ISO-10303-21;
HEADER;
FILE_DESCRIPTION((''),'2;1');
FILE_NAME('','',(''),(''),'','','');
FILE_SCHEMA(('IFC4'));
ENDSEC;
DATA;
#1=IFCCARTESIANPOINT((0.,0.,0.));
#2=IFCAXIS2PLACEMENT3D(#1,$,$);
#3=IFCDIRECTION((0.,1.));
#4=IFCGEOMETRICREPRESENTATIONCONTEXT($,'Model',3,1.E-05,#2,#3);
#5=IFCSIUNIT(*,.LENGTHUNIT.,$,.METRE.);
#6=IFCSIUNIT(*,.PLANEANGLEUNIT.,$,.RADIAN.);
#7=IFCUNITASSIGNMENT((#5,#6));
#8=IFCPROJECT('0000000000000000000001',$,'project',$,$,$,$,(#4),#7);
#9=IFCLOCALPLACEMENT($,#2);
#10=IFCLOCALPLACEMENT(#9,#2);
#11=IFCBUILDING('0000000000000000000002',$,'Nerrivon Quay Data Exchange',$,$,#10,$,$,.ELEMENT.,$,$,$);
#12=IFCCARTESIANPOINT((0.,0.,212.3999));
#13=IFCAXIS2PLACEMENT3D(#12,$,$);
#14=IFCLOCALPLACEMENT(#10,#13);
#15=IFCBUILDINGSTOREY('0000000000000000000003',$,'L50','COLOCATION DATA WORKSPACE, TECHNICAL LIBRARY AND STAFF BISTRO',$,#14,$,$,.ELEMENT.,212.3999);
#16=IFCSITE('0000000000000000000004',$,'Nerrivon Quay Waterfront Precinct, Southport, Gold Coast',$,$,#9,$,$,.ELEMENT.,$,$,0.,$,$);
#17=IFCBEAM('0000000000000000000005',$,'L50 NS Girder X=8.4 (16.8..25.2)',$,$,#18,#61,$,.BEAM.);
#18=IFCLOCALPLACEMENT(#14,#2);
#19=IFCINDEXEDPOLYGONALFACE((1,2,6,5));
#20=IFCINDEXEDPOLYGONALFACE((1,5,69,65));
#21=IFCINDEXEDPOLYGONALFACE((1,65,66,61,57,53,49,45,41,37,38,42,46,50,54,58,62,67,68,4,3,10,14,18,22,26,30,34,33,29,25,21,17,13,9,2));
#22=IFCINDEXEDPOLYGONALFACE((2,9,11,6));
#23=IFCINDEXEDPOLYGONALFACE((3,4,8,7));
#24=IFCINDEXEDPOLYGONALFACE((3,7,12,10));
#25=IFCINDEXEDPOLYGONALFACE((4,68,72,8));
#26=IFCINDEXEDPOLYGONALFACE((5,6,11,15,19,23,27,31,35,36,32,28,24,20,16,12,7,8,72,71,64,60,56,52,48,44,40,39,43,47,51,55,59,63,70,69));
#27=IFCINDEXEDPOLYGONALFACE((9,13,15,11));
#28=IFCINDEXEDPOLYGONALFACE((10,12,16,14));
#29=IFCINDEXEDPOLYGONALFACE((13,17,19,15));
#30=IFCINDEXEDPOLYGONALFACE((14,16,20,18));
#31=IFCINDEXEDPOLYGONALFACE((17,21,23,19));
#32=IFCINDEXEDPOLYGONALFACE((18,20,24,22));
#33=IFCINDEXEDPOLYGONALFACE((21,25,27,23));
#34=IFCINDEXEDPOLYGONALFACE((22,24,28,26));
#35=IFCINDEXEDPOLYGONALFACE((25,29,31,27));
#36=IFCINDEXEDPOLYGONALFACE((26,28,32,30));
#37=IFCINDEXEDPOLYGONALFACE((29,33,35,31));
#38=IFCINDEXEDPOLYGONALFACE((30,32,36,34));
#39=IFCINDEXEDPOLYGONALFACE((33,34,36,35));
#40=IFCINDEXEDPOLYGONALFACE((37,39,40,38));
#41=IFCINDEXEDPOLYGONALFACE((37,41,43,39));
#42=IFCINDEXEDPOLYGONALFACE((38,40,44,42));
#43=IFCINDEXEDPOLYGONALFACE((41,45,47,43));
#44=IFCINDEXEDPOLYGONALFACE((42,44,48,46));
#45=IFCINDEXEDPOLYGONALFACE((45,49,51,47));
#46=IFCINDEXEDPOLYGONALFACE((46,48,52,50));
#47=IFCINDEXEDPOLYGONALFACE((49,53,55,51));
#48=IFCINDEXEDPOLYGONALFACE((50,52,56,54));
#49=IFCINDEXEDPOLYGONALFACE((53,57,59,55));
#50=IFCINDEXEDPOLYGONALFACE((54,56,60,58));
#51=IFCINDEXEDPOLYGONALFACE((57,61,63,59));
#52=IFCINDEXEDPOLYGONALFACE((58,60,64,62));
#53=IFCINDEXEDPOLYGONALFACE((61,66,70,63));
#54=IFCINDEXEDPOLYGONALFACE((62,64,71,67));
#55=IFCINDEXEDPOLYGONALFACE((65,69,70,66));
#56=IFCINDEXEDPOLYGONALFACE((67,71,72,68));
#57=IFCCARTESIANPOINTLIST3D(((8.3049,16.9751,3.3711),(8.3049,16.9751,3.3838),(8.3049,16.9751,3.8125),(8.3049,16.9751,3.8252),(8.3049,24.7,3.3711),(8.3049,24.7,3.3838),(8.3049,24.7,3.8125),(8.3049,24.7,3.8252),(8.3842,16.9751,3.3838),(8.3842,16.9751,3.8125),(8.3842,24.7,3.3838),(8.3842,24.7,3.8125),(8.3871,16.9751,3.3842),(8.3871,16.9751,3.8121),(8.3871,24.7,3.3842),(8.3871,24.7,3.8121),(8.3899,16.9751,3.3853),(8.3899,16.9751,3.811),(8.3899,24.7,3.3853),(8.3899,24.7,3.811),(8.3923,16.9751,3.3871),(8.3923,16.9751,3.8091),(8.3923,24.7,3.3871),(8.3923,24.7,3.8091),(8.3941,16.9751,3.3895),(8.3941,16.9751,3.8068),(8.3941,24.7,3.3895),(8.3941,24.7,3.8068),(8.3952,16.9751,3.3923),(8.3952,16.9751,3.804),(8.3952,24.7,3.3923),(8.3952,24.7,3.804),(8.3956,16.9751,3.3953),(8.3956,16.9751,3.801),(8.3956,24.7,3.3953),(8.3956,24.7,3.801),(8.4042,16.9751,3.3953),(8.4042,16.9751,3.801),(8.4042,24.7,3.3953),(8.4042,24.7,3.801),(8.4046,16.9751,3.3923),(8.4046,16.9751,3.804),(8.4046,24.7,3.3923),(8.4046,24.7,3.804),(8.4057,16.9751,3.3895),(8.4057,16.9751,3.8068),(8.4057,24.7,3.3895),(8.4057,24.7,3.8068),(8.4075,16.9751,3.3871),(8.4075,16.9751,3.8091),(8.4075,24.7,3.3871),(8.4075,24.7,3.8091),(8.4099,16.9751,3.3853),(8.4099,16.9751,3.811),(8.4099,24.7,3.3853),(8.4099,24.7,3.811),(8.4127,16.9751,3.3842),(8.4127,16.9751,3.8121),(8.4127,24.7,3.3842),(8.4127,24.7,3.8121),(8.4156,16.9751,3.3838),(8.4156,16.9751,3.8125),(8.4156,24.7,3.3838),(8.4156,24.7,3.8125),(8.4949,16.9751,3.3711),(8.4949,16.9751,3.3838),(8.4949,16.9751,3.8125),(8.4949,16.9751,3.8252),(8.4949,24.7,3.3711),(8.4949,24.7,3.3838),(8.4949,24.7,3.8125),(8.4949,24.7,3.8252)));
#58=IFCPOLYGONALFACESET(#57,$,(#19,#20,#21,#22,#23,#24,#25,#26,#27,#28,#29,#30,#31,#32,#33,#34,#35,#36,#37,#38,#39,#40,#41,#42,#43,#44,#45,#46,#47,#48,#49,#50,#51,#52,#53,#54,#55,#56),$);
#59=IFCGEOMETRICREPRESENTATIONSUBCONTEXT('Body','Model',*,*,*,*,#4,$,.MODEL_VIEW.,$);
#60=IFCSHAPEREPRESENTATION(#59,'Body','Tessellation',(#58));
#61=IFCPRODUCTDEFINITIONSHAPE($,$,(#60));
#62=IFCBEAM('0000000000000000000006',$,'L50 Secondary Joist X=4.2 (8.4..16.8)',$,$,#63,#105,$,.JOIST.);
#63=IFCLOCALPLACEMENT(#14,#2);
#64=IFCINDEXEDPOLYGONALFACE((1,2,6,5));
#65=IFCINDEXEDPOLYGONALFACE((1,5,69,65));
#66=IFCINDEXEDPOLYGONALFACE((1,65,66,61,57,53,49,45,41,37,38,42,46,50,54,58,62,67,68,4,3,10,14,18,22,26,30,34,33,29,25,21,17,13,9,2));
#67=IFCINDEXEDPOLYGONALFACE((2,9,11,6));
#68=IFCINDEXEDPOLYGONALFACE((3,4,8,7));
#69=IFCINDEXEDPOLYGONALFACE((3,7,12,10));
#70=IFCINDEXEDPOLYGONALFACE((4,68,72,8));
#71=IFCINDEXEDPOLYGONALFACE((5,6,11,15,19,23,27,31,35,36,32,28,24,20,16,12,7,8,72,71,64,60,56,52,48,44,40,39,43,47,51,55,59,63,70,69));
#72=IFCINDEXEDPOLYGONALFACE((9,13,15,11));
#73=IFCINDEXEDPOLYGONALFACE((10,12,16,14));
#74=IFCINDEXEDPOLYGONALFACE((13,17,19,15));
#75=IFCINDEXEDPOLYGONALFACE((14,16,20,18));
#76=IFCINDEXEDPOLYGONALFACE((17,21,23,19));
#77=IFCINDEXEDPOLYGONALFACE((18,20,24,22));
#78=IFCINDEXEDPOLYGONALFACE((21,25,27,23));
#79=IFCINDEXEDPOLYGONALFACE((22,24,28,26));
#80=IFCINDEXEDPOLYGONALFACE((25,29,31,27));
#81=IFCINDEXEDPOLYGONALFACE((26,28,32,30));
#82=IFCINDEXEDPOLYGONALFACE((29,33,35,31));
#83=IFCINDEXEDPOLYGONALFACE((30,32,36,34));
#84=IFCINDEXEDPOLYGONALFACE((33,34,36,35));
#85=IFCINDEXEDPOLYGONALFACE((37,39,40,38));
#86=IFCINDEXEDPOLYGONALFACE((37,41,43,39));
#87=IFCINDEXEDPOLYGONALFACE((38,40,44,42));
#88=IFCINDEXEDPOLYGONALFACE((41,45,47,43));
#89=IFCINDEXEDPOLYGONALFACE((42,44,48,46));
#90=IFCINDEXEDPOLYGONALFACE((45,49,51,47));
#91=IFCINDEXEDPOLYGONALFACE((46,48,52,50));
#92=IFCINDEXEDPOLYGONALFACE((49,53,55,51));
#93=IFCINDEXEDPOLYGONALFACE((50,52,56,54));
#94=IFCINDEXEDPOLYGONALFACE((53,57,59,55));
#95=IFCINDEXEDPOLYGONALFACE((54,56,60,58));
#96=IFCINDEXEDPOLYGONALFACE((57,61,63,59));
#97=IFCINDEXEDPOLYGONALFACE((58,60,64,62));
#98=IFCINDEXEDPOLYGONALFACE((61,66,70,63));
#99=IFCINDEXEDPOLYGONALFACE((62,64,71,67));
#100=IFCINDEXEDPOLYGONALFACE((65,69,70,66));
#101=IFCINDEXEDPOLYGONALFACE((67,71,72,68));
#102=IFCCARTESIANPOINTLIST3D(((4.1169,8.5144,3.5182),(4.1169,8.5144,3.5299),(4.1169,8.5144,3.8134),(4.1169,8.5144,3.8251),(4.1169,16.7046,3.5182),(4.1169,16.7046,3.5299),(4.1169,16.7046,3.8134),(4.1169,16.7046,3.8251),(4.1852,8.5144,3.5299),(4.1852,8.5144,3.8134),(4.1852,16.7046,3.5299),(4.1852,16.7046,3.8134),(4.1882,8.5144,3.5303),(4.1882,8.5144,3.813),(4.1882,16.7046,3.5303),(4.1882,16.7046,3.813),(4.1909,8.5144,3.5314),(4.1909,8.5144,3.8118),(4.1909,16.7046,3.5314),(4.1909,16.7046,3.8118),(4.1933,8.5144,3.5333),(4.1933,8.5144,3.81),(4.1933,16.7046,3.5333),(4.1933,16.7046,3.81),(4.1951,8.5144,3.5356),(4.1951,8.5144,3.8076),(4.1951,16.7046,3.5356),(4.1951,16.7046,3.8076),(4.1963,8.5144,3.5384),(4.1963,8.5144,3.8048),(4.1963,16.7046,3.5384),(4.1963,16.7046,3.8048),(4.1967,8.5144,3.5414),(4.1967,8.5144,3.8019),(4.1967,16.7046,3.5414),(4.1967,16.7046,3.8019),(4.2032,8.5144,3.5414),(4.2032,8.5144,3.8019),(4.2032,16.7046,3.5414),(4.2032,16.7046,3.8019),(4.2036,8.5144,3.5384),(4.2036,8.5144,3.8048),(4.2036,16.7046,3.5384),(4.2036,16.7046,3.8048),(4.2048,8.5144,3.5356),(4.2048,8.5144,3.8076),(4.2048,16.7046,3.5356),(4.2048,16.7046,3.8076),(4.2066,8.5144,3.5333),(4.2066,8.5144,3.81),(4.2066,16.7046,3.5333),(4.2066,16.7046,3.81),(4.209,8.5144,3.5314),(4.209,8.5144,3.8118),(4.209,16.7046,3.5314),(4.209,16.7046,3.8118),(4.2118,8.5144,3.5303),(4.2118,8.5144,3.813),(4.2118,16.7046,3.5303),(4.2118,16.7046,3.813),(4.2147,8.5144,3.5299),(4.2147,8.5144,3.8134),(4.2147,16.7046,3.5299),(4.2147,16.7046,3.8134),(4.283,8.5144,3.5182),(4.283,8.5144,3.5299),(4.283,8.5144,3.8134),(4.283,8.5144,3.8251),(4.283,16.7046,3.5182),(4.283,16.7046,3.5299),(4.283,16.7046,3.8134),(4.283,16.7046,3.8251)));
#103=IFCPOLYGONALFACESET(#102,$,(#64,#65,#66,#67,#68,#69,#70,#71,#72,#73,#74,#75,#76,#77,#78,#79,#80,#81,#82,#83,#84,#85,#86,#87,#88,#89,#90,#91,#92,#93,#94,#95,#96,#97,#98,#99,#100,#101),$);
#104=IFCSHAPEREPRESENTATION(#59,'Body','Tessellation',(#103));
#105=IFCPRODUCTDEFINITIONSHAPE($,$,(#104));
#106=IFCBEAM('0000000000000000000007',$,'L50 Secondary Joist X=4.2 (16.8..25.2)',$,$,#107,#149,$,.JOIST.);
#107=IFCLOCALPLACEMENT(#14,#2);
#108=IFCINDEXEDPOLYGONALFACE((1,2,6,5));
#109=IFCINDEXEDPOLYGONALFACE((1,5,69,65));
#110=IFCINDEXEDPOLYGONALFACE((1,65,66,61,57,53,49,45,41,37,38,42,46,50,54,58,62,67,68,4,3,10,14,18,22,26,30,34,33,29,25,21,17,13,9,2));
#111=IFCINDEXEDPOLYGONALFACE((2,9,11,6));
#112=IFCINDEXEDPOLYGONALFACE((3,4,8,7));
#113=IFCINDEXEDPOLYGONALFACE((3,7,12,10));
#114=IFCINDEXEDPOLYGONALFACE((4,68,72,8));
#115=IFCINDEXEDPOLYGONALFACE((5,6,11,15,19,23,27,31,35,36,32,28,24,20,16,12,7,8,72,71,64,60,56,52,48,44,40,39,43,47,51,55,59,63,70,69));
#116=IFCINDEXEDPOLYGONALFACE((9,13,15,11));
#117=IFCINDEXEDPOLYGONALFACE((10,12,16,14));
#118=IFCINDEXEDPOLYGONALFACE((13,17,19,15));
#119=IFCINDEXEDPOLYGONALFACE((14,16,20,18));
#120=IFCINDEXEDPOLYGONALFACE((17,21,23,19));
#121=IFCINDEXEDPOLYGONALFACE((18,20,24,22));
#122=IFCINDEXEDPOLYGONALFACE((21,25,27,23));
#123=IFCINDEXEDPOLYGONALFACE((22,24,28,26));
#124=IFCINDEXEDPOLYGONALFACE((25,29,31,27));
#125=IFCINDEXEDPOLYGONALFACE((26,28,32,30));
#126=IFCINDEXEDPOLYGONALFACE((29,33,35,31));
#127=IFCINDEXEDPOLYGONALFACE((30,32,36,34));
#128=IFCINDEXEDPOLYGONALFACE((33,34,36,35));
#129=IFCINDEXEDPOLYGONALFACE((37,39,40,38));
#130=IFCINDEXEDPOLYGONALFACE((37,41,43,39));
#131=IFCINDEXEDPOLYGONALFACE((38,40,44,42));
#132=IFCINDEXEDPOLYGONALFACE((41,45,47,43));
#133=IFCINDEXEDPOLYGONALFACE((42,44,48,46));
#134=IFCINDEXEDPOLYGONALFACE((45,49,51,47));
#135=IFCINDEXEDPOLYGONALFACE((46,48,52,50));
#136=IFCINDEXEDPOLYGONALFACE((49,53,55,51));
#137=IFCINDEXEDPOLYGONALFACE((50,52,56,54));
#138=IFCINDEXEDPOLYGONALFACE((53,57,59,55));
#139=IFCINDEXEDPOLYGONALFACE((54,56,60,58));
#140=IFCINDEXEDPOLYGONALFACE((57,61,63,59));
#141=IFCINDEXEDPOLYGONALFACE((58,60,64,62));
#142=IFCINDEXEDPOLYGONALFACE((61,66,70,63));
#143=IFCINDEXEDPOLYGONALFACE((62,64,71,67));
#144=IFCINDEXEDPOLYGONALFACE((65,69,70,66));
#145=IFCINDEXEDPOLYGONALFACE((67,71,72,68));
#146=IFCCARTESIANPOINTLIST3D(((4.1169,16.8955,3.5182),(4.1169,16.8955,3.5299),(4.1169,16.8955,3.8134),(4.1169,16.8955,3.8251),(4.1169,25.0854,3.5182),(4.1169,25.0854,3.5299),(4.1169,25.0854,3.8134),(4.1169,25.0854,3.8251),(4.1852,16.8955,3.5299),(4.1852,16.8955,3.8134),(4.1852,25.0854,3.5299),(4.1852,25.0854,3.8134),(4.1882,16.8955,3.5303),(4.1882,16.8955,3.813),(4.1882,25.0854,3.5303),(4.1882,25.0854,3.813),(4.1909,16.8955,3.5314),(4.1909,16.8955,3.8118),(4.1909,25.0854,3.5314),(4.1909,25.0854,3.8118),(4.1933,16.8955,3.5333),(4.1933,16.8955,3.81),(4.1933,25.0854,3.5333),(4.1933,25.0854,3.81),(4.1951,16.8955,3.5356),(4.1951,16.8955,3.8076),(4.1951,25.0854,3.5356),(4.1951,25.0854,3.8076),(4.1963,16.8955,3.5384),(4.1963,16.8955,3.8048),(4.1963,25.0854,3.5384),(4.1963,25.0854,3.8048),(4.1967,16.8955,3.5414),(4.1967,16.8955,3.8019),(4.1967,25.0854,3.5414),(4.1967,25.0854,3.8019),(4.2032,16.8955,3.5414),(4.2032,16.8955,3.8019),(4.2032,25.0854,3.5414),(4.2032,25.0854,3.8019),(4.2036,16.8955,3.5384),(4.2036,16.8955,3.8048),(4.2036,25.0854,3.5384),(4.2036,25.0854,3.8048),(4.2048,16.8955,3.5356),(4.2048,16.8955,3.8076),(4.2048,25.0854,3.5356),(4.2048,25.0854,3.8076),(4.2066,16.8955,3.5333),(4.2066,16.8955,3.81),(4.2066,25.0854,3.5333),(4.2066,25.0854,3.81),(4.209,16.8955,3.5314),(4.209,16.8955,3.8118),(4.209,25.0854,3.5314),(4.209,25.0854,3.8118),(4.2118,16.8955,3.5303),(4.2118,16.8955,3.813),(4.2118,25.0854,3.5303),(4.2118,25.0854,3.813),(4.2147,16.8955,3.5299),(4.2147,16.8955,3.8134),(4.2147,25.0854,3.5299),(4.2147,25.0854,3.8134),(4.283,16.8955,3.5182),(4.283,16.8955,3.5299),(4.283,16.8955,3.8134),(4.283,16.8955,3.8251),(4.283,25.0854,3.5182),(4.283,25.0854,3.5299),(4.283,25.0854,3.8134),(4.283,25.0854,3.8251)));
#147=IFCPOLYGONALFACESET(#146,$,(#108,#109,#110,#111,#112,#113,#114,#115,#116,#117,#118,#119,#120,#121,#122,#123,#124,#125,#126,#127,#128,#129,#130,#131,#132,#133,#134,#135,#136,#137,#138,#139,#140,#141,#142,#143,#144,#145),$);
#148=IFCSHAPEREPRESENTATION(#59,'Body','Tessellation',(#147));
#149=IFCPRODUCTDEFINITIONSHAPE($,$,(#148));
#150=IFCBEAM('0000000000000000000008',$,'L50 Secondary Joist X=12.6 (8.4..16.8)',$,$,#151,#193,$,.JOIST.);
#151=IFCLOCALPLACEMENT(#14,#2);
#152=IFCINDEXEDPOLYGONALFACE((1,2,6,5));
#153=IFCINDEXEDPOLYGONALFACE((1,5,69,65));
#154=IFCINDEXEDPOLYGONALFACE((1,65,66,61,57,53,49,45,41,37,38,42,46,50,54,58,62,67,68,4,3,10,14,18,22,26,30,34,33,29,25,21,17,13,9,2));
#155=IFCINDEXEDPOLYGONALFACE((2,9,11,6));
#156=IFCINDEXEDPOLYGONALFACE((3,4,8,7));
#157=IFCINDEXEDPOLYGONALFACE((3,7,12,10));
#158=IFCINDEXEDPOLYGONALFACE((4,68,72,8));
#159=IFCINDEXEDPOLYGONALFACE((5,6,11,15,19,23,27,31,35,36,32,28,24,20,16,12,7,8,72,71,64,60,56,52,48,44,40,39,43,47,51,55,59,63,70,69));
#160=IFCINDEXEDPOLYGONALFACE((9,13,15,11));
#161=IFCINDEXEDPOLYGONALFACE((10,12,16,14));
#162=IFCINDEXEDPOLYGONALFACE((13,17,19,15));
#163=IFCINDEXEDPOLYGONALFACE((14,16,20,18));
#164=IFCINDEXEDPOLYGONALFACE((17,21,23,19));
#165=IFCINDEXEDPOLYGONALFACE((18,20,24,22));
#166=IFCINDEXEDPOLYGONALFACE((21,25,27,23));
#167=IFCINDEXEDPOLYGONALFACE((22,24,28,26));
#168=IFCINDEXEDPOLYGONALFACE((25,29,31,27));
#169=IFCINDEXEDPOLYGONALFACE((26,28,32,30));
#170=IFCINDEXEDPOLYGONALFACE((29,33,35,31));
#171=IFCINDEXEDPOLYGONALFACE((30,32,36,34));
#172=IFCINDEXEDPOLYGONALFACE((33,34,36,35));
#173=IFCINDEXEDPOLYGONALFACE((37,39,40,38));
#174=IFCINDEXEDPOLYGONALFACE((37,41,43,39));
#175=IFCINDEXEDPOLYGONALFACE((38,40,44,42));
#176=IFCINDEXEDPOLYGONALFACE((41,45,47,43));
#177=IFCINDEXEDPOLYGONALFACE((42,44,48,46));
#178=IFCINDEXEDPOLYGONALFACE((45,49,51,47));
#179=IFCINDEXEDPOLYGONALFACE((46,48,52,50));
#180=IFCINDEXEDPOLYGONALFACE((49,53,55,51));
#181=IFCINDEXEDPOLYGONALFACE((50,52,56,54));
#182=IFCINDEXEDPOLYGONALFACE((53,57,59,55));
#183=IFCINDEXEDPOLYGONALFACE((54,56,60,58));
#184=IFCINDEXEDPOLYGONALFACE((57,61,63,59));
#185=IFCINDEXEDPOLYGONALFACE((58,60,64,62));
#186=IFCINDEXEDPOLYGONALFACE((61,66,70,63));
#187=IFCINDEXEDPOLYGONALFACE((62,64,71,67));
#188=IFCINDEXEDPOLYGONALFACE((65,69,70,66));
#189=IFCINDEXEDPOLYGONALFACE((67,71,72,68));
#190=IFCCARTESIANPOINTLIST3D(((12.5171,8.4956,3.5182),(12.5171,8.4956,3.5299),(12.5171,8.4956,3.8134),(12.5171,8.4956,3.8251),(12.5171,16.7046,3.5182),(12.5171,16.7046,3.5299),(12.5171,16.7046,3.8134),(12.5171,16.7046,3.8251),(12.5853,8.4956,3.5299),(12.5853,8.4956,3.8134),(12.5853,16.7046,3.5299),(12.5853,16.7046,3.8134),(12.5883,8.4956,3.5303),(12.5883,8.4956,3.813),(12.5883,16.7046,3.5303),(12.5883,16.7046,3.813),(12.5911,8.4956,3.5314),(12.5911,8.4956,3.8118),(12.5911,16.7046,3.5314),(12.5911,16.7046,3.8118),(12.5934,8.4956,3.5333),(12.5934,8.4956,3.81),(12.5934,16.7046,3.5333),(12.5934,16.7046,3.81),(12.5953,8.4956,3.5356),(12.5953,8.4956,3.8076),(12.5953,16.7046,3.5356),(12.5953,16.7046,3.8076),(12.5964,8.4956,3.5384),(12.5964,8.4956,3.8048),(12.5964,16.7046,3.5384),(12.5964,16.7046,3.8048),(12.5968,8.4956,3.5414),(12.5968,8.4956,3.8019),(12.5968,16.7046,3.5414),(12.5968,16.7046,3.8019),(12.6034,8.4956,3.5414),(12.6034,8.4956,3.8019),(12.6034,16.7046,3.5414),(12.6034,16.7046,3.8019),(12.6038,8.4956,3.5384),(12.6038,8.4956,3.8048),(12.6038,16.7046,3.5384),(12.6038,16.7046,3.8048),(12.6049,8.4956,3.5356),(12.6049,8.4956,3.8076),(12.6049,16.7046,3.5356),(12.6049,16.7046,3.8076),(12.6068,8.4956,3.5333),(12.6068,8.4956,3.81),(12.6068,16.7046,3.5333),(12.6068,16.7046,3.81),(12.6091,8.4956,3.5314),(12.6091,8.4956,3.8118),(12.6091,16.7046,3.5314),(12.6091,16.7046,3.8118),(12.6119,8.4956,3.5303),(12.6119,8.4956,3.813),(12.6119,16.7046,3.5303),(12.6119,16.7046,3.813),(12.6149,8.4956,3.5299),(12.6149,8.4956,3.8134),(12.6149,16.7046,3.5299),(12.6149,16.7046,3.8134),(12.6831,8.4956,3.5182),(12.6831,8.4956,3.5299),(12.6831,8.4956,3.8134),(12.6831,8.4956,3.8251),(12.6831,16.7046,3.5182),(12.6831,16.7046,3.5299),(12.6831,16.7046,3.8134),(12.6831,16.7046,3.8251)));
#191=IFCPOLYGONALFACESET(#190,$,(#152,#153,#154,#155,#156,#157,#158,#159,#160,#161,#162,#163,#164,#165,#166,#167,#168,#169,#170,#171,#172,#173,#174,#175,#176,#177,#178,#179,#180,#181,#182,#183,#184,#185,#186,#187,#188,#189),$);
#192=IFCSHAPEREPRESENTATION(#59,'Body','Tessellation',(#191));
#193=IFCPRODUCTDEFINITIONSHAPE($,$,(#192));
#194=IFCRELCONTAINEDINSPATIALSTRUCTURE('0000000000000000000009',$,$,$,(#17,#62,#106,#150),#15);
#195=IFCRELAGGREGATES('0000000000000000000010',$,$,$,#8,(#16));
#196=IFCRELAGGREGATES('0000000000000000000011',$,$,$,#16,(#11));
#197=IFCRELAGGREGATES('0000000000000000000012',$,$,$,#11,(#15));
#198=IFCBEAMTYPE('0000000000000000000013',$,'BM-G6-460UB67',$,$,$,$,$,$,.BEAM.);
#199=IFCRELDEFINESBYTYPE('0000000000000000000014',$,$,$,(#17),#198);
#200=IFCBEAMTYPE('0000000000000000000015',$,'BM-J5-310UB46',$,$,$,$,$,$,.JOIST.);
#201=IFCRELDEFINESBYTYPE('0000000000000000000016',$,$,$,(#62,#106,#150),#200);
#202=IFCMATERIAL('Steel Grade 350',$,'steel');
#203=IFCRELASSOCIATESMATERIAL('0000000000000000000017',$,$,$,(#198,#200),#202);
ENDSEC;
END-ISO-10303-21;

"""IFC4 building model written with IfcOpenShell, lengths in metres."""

from ifc_helpers import new_model, si_unit, direction, frame, origin, origin_2d, place, context, subcontext, project, spatial, i_section, extrude, material, material_profile, profile_set, type_object, element, save


model = new_model("IFC4")

# Units and contexts
model_context = context("Model", 3, precision=1e-05, world=origin(), true_north=direction((0.0, 1.0)))
body_context = subcontext(model_context, "Body", "Model", "MODEL_VIEW")
ifc_project = project(units=[si_unit("LENGTHUNIT", "METRE"), si_unit("PLANEANGLEUNIT", "RADIAN")], contexts=[model_context])

# Site, building, storey
site_placement = place(None, origin())
site = spatial("IfcSite", under=ifc_project, at=site_placement, Name="Nerrivon Quay Waterfront Precinct, Southport, Gold Coast", CompositionType="ELEMENT", RefElevation=0.0)
building_placement = place(site_placement, origin())
building = spatial("IfcBuilding", under=site, at=building_placement, Name="Nerrivon Quay Data Exchange", CompositionType="ELEMENT")
storey_placement = place(building_placement, frame((0.0, 0.0, 212.3999)))
storey = spatial("IfcBuildingStorey", under=building, at=storey_placement, Name="L50", Description="COLOCATION DATA WORKSPACE, TECHNICAL LIBRARY AND STAFF BISTRO", CompositionType="ELEMENT", Elevation=212.3999)

# Shared definitions
ifc_material_1 = material(Name="Steel Grade 350", Category="steel")

# Beams
ifc_material_profile_1 = material_profile(ifc_material_1, i_section(OverallWidth=0.1899, OverallDepth=0.4541, WebThickness=0.0085, FlangeThickness=0.0127, FilletRadius=0.0115, at=origin_2d()), Name="460UB67.1")
ifc_profile_set_1 = profile_set([ifc_material_profile_1], Name="Steel Grade 350")
beam_type_1 = type_object("IfcBeamType", Name="BM-G6-460UB67", PredefinedType="BEAM", material=ifc_profile_set_1)
beam_1_placement = place(storey_placement, frame((8.3999, 16.9751, 3.5981), z_axis=(0.0, 1.0, 0.0), x_axis=(-1.0, 0.0, 0.0)))
element("IfcBeam", 1, at=beam_1_placement, inside=storey, type_object=beam_type_1, Name="L50 NS Girder X=8.4 (16.8..25.2)", PredefinedType="BEAM", context=body_context, shape_type="SweptSolid", body=[
    extrude(i_section(OverallWidth=0.1899, OverallDepth=0.4541, WebThickness=0.0085, FlangeThickness=0.0127, FilletRadius=0.0115, at=origin_2d()), origin(), (0.0, 0.0, 1.0), 7.7249),
])
ifc_material_profile_2 = material_profile(ifc_material_1, i_section(OverallWidth=0.166, OverallDepth=0.3069, WebThickness=0.0066, FlangeThickness=0.0117, FilletRadius=0.0115, at=origin_2d()), Name="310UB46.2")
ifc_profile_set_2 = profile_set([ifc_material_profile_2], Name="Steel Grade 350")
beam_type_2 = type_object("IfcBeamType", Name="BM-J5-310UB46", PredefinedType="JOIST", material=ifc_profile_set_2)
beam_2_placement = place(storey_placement, frame((4.2, 8.5144, 3.6716), z_axis=(0.0, 1.0, 0.0), x_axis=(-1.0, 0.0, 0.0)))
element("IfcBeam", 2, at=beam_2_placement, inside=storey, type_object=beam_type_2, Name="L50 Secondary Joist X=4.2 (8.4..16.8)", PredefinedType="JOIST", context=body_context, shape_type="SweptSolid", body=[
    extrude(i_section(OverallWidth=0.166, OverallDepth=0.3069, WebThickness=0.0066, FlangeThickness=0.0117, FilletRadius=0.0115, at=origin_2d()), origin(), (0.0, 0.0, 1.0), 8.1902),
])
beam_3_placement = place(storey_placement, frame((4.2, 16.8955, 3.6716), z_axis=(0.0, 1.0, 0.0), x_axis=(-1.0, 0.0, 0.0)))
element("IfcBeam", 3, at=beam_3_placement, inside=storey, type_object=beam_type_2, Name="L50 Secondary Joist X=4.2 (16.8..25.2)", PredefinedType="JOIST", context=body_context, shape_type="SweptSolid", body=[
    extrude(i_section(OverallWidth=0.166, OverallDepth=0.3069, WebThickness=0.0066, FlangeThickness=0.0117, FilletRadius=0.0115, at=origin_2d()), origin(), (0.0, 0.0, 1.0), 8.1899),
])
beam_4_placement = place(storey_placement, frame((12.6001, 8.4956, 3.6716), z_axis=(0.0, 1.0, 0.0), x_axis=(-1.0, 0.0, 0.0)))
element("IfcBeam", 4, at=beam_4_placement, inside=storey, type_object=beam_type_2, Name="L50 Secondary Joist X=12.6 (8.4..16.8)", PredefinedType="JOIST", context=body_context, shape_type="SweptSolid", body=[
    extrude(i_section(OverallWidth=0.166, OverallDepth=0.3069, WebThickness=0.0066, FlangeThickness=0.0117, FilletRadius=0.0115, at=origin_2d()), origin(), (0.0, 0.0, 1.0), 8.209),
])

save(model, "model.ifc")
